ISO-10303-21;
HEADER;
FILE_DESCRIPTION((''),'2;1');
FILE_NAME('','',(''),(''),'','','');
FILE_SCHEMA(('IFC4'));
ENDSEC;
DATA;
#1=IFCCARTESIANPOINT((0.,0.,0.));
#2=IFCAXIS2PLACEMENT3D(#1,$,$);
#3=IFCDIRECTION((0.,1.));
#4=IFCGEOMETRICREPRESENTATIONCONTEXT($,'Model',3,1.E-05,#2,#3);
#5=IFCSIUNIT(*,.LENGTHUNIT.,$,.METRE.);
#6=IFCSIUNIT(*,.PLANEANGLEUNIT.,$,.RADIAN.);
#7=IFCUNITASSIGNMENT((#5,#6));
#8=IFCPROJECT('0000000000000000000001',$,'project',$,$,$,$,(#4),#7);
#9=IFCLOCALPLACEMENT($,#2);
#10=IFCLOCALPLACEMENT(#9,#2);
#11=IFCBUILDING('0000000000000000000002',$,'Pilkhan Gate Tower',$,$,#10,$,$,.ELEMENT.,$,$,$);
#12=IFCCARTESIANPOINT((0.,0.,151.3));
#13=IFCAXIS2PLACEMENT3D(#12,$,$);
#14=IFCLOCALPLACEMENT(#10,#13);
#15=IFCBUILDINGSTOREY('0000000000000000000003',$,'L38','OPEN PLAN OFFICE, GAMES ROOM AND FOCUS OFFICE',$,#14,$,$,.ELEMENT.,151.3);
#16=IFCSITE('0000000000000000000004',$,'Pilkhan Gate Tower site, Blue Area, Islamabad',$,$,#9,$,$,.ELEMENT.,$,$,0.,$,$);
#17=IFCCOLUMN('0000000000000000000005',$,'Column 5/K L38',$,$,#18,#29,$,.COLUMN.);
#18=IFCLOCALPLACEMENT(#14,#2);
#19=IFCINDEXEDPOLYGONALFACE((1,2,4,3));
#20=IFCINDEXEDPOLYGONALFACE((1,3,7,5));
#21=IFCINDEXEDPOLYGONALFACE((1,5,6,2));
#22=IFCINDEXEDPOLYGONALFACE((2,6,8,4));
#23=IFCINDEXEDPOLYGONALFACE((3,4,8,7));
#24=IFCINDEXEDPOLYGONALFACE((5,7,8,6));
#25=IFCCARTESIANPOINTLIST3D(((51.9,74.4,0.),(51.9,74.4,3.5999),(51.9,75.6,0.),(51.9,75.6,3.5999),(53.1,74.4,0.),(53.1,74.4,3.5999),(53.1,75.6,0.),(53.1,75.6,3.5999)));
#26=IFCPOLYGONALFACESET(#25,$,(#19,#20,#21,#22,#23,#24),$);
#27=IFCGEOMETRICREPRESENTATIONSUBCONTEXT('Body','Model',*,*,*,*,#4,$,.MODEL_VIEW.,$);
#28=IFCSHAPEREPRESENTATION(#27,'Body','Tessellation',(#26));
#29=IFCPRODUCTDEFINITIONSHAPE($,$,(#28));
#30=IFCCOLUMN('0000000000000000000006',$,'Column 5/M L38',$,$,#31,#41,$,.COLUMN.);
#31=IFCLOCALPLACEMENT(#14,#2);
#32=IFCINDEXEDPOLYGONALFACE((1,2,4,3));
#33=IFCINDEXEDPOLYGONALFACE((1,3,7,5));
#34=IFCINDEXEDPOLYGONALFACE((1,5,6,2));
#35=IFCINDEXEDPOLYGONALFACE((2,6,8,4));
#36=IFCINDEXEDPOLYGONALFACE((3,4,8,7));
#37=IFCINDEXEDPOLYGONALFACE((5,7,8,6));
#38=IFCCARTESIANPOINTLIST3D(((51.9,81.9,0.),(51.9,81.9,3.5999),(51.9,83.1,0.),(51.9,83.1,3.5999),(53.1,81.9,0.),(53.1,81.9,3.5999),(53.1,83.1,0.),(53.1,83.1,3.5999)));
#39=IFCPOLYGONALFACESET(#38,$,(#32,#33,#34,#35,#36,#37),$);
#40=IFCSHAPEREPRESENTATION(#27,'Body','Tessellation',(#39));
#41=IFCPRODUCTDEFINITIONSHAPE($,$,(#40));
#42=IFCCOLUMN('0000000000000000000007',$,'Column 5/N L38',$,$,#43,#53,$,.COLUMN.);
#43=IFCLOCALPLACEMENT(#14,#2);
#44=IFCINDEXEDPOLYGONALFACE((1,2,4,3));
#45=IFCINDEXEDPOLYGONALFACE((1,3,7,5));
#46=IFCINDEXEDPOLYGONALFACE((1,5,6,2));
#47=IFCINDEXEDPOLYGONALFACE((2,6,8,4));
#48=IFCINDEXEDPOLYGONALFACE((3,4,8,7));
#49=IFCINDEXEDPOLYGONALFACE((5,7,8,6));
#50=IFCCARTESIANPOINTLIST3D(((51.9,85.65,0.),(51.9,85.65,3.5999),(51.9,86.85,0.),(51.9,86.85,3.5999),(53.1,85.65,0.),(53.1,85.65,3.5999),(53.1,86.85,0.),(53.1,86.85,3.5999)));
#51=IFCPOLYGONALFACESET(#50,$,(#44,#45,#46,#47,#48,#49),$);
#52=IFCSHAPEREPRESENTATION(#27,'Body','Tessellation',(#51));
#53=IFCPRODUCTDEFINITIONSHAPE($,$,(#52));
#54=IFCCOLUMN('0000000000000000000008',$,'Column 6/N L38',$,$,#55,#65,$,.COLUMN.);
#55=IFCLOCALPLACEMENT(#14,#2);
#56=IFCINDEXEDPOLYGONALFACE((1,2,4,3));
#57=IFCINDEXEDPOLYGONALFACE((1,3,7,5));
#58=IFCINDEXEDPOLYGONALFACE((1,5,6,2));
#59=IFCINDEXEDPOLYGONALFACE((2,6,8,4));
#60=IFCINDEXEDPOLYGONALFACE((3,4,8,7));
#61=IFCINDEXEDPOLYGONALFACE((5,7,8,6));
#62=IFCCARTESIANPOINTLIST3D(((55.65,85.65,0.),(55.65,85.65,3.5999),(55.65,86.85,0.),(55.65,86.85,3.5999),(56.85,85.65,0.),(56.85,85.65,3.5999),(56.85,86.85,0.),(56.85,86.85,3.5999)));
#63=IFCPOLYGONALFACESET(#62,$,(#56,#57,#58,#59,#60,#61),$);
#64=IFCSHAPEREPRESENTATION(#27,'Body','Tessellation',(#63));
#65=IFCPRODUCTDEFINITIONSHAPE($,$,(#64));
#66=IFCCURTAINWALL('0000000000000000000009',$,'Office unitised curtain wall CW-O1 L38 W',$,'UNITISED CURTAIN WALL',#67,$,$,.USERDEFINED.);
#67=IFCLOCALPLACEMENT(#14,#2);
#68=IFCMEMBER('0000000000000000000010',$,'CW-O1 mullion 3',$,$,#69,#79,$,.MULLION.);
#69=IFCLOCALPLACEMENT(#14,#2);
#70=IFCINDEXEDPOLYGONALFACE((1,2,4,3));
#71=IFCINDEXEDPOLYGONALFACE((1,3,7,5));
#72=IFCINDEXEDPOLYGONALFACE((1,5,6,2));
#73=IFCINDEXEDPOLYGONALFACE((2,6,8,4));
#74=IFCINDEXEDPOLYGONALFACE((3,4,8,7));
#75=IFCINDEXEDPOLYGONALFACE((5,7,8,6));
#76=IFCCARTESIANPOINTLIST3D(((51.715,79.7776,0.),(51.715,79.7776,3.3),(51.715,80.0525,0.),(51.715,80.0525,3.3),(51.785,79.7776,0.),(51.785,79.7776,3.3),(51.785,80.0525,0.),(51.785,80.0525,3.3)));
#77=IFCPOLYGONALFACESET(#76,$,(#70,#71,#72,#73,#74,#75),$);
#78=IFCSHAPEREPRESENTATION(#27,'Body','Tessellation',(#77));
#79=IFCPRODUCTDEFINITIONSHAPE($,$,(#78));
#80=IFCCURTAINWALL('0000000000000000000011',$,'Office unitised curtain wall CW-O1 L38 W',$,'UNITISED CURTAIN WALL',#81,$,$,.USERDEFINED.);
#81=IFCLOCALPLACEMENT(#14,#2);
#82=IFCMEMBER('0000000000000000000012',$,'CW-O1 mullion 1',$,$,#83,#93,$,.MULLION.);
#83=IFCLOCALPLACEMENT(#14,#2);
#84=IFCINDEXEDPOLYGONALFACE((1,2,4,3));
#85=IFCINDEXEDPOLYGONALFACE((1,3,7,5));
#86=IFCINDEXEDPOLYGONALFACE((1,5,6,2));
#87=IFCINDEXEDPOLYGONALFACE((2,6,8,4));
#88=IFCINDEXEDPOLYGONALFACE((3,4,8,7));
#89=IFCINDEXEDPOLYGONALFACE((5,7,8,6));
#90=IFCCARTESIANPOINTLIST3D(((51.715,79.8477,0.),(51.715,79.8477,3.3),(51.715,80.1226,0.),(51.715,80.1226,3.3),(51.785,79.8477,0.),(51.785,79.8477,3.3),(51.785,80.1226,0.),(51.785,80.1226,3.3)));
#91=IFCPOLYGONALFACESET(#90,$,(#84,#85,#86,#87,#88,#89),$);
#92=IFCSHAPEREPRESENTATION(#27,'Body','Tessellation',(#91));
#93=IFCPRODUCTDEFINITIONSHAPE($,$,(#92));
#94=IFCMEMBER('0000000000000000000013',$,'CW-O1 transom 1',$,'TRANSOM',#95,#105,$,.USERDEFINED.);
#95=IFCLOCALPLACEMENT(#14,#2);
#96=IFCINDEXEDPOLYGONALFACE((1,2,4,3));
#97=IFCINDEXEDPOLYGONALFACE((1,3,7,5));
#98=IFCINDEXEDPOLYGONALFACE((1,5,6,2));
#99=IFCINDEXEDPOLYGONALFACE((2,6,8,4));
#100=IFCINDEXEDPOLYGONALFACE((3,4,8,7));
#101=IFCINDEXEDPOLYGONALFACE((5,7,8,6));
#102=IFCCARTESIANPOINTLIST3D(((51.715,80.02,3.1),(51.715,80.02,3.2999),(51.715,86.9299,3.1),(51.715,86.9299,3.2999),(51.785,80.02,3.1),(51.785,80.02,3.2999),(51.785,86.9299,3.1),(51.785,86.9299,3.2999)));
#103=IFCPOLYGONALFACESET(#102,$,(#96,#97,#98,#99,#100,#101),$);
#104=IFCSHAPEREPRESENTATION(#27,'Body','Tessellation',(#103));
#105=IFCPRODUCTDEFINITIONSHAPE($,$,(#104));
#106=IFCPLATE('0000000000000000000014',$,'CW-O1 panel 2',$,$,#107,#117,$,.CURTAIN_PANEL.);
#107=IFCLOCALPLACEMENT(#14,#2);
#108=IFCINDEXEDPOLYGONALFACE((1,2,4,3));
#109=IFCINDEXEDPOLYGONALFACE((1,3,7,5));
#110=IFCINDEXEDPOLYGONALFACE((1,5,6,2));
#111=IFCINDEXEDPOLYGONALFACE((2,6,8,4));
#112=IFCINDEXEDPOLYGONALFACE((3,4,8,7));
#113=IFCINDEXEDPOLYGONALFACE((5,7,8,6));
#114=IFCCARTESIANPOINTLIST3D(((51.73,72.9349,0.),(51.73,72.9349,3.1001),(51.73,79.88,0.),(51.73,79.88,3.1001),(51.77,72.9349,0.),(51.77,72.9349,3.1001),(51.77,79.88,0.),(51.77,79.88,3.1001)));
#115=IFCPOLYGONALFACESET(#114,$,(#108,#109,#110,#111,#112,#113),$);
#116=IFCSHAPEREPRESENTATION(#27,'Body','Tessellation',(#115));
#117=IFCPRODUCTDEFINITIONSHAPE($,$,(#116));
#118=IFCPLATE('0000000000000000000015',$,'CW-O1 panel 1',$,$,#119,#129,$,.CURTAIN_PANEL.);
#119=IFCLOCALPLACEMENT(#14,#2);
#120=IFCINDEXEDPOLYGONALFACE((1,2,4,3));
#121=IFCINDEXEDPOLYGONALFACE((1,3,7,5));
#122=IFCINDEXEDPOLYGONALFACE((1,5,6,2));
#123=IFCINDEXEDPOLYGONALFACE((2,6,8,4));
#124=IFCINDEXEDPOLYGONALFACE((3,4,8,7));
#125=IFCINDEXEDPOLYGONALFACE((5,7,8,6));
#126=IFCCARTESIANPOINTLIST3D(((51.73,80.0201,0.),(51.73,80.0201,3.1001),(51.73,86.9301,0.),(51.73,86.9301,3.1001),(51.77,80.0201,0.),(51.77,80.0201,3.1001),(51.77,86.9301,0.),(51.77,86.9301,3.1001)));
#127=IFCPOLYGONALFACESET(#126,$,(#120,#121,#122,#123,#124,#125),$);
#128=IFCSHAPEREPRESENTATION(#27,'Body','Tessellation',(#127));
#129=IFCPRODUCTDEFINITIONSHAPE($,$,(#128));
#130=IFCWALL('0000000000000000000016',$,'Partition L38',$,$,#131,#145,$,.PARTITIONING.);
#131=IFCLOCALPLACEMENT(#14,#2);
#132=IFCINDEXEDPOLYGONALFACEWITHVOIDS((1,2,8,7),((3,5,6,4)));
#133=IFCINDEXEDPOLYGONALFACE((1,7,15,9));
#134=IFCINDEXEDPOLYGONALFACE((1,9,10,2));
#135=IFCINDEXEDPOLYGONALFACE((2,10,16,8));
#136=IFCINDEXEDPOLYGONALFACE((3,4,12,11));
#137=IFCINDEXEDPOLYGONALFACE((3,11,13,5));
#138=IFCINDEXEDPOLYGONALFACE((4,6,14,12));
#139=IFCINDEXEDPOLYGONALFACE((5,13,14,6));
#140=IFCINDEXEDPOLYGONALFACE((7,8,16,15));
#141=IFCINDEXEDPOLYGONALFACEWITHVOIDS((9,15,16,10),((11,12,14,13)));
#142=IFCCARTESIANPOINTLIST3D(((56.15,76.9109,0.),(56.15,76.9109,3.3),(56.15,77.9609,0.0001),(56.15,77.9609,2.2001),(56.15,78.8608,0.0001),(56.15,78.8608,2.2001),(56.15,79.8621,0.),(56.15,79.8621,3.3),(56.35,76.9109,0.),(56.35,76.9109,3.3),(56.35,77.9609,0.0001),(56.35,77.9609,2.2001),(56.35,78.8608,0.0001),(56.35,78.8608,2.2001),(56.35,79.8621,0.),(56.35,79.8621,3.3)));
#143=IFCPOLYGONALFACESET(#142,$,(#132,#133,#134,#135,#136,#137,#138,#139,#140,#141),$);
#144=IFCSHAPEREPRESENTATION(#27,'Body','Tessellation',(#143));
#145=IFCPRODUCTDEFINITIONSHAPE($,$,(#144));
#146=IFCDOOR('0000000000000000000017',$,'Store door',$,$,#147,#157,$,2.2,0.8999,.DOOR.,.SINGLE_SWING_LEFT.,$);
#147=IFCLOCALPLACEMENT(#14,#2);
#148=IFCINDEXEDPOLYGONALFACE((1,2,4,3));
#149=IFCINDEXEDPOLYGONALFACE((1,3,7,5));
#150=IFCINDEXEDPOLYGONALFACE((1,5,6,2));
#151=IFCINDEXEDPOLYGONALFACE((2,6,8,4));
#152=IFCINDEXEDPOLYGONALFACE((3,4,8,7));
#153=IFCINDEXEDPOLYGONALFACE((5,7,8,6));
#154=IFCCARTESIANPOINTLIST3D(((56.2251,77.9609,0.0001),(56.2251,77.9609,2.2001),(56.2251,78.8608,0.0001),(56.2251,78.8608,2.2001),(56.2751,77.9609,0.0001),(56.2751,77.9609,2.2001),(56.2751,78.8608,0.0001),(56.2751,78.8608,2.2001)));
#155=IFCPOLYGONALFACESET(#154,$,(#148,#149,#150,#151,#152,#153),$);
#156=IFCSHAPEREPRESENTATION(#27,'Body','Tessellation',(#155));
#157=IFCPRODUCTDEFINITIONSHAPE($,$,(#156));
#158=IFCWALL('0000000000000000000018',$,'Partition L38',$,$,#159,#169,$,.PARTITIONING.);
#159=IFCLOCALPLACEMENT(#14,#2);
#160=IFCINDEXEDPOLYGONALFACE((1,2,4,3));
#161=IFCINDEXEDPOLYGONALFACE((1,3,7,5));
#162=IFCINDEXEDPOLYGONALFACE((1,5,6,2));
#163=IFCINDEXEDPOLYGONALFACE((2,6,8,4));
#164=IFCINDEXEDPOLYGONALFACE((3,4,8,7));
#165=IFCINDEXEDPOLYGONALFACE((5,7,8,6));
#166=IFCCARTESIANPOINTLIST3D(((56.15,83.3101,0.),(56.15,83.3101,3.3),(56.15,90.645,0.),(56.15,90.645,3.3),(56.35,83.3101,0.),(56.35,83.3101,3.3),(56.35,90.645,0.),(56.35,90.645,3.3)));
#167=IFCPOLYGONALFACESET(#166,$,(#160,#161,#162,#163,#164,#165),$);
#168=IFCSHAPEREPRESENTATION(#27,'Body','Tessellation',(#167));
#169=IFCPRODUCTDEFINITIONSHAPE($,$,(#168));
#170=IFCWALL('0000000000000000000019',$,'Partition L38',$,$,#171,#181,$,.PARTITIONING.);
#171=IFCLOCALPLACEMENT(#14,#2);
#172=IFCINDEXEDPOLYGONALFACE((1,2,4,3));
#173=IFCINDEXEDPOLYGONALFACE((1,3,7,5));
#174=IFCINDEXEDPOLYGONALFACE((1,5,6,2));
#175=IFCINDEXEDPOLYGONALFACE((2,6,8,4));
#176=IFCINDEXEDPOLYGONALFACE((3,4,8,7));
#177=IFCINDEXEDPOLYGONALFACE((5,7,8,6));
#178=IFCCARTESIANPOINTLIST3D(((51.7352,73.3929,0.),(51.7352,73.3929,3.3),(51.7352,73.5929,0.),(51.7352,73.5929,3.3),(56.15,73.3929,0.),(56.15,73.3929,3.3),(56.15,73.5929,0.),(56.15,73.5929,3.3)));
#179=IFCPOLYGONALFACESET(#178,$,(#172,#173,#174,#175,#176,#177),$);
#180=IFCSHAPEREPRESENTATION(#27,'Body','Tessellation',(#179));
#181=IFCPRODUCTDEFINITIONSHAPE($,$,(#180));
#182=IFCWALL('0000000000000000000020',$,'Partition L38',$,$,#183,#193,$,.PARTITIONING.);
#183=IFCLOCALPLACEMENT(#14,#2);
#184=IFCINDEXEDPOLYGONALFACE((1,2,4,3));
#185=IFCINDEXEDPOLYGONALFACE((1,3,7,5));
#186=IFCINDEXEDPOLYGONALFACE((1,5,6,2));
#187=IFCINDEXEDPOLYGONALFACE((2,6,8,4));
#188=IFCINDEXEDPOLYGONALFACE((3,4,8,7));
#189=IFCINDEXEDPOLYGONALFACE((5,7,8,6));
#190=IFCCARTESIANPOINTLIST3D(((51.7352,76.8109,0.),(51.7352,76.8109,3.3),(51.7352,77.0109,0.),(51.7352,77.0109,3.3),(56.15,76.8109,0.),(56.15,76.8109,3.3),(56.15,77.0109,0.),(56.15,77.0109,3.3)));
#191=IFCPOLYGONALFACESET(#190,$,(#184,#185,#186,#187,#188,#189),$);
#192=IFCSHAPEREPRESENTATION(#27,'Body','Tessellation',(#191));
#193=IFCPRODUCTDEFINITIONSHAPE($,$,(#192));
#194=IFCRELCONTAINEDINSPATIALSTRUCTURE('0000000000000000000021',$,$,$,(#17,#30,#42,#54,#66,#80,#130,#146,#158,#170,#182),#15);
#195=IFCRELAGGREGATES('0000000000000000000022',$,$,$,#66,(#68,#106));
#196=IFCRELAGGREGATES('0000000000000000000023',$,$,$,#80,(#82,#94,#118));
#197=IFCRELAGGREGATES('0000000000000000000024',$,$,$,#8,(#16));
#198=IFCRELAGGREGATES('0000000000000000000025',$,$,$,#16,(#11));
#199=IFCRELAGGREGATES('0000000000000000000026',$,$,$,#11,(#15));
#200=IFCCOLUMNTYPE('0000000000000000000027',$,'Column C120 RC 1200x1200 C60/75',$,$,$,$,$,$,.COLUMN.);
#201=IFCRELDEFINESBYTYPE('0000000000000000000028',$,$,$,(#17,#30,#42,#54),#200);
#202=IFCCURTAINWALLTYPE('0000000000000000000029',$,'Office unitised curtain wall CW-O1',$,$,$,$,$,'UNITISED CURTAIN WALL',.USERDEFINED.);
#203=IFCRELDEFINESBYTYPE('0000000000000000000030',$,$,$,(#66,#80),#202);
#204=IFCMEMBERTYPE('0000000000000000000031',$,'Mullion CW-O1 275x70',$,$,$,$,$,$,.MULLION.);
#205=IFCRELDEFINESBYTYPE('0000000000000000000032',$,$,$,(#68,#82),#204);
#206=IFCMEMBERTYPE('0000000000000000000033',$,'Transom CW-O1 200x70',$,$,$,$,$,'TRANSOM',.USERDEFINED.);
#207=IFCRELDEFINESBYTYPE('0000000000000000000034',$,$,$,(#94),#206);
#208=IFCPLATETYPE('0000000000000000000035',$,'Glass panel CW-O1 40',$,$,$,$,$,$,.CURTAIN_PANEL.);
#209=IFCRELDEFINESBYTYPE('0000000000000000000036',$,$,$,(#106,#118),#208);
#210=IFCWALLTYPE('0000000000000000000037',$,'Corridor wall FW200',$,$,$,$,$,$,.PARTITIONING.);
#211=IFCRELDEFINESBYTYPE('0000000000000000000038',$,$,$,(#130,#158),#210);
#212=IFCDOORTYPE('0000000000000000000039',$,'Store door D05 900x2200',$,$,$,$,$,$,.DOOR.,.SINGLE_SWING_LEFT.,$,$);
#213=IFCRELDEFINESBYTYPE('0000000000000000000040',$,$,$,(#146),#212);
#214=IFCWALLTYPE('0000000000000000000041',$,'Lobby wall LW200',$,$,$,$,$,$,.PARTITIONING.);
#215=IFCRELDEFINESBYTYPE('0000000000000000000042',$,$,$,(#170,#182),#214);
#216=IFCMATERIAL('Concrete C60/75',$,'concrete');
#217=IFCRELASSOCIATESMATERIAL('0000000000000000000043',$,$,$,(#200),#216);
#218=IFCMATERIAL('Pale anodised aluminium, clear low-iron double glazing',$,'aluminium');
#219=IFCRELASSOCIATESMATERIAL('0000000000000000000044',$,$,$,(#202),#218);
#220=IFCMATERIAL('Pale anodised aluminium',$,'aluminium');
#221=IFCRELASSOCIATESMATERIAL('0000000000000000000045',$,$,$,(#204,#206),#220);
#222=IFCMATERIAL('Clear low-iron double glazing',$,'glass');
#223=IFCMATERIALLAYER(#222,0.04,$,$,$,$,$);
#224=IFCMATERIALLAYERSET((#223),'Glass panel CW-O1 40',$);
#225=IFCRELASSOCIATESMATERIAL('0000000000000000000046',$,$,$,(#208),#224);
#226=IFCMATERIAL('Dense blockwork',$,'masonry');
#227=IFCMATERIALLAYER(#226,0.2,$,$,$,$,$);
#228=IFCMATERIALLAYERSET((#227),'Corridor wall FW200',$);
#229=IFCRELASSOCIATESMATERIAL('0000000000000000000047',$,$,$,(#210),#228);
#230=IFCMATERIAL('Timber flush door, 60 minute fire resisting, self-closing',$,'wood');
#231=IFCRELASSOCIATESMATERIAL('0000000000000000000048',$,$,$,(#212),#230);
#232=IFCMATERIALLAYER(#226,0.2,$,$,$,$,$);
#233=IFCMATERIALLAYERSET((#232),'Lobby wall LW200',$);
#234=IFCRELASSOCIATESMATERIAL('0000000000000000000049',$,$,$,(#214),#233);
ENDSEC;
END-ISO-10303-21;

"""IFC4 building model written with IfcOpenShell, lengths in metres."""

from ifc_helpers import new_model, si_unit, direction, frame, frame_2d, origin, origin_2d, place, context, subcontext, project, spatial, rectangle, extrude, material, layer, layer_set, material_profile, profile_set, type_object, element, fill, aggregate, save


model = new_model("IFC4")

# Units and contexts
model_context = context("Model", 3, precision=1e-05, world=origin(), true_north=direction((0.0, 1.0)))
body_context = subcontext(model_context, "Body", "Model", "MODEL_VIEW")
ifc_project = project(units=[si_unit("LENGTHUNIT", "METRE"), si_unit("PLANEANGLEUNIT", "RADIAN")], contexts=[model_context])

# Site, building, storey
site_placement = place(None, origin())
site = spatial("IfcSite", under=ifc_project, at=site_placement, Name="Pilkhan Gate Tower site, Blue Area, Islamabad", CompositionType="ELEMENT", RefElevation=0.0)
building_placement = place(site_placement, origin())
building = spatial("IfcBuilding", under=site, at=building_placement, Name="Pilkhan Gate Tower", CompositionType="ELEMENT")
storey_placement = place(building_placement, frame((0.0, 0.0, 151.3)))
storey = spatial("IfcBuildingStorey", under=building, at=storey_placement, Name="L38", Description="OPEN PLAN OFFICE, GAMES ROOM AND FOCUS OFFICE", CompositionType="ELEMENT", Elevation=151.3)

# Columns
ifc_material_1 = material(Name="Concrete C60/75", Category="concrete")
ifc_material_profile_1 = material_profile(ifc_material_1, rectangle(XDim=1.2, YDim=1.2, at=origin_2d()), Name="RC 1200x1200")
ifc_profile_set_1 = profile_set([ifc_material_profile_1], Name="Concrete C60/75")
column_type = type_object("IfcColumnType", Name="Column C120 RC 1200x1200 C60/75", PredefinedType="COLUMN", material=ifc_profile_set_1)
for number, where, z_axis, x_axis, name in (
    (1, (52.5, 75.0, 0.0), (0.0, 0.0, 1.0), (1.0, 0.0, 0.0), "Column 5/K L38"),
    (2, (52.5, 82.5, 0.0), (0.0, 0.0, 1.0), (1.0, 0.0, 0.0), "Column 5/M L38"),
    (3, (52.5, 86.25, 0.0), (0.0, 0.0, 1.0), (1.0, 0.0, 0.0), "Column 5/N L38"),
    (4, (56.25, 86.25, 0.0), (0.0, 0.0, 1.0), (1.0, 0.0, 0.0), "Column 6/N L38"),
):
    element("IfcColumn", number, at=place(storey_placement, frame(where, z_axis=z_axis, x_axis=x_axis)), inside=storey, type_object=column_type, Name=name, PredefinedType="COLUMN", context=body_context, shape_type="SweptSolid", body=[
        extrude(rectangle(XDim=1.2, YDim=1.2, at=origin_2d()), origin(), (0.0, 0.0, 1.0), 3.5999),
    ])

# Curtain wall, member
ifc_material_2 = material(Name="Pale anodised aluminium, clear low-iron double glazing", Category="aluminium")
curtain_wall_type = type_object("IfcCurtainWallType", Name="Office unitised curtain wall CW-O1", ElementType="UNITISED CURTAIN WALL", PredefinedType="USERDEFINED", material=ifc_material_2)
curtain_wall_1_placement = place(storey_placement, origin())
curtain_wall_1 = element("IfcCurtainWall", 5, at=curtain_wall_1_placement, inside=storey, type_object=curtain_wall_type, Name="Office unitised curtain wall CW-O1 L38 W", ObjectType="UNITISED CURTAIN WALL", PredefinedType="USERDEFINED")
ifc_material_3 = material(Name="Pale anodised aluminium", Category="aluminium")
ifc_material_profile_2 = material_profile(ifc_material_3, rectangle(XDim=0.0701, YDim=0.2749, at=origin_2d()), Name="Mullion 275x70")
ifc_profile_set_2 = profile_set([ifc_material_profile_2], Name="Pale anodised aluminium")
member_type_1 = type_object("IfcMemberType", Name="Mullion CW-O1 275x70", PredefinedType="MULLION", material=ifc_profile_set_2)
member_1_placement = place(storey_placement, frame((51.75, 79.915, 0.0), z_axis=(0.0, 0.0, 1.0), x_axis=(-1.0, 0.0, 0.0)))
member_1 = element("IfcMember", 6, at=member_1_placement, type_object=member_type_1, Name="CW-O1 mullion 3", PredefinedType="MULLION", context=body_context, shape_type="SweptSolid", body=[
    extrude(rectangle(XDim=0.0701, YDim=0.2749, at=origin_2d()), origin(), (0.0, 0.0, 1.0), 3.3),
])

# Curtain wall, members
curtain_wall_2_placement = place(storey_placement, origin())
curtain_wall_2 = element("IfcCurtainWall", 7, at=curtain_wall_2_placement, inside=storey, type_object=curtain_wall_type, Name="Office unitised curtain wall CW-O1 L38 W", ObjectType="UNITISED CURTAIN WALL", PredefinedType="USERDEFINED")
member_2_placement = place(storey_placement, frame((51.75, 79.9851, 0.0), z_axis=(0.0, 0.0, 1.0), x_axis=(-1.0, 0.0, 0.0)))
member_2 = element("IfcMember", 8, at=member_2_placement, type_object=member_type_1, Name="CW-O1 mullion 1", PredefinedType="MULLION", context=body_context, shape_type="SweptSolid", body=[
    extrude(rectangle(XDim=0.0701, YDim=0.2749, at=origin_2d()), origin(), (0.0, 0.0, 1.0), 3.3),
])
ifc_material_profile_3 = material_profile(ifc_material_3, rectangle(XDim=0.0701, YDim=0.2, at=origin_2d()), Name="Transom 200x70")
ifc_profile_set_3 = profile_set([ifc_material_profile_3], Name="Pale anodised aluminium")
member_type_2 = type_object("IfcMemberType", Name="Transom CW-O1 200x70", ElementType="TRANSOM", PredefinedType="USERDEFINED", material=ifc_profile_set_3)
member_3_placement = place(storey_placement, frame((51.75, 80.02, 3.2), z_axis=(0.0, 1.0, 0.0), x_axis=(-1.0, 0.0, 0.0)))
member_3 = element("IfcMember", 9, at=member_3_placement, type_object=member_type_2, Name="CW-O1 transom 1", ObjectType="TRANSOM", PredefinedType="USERDEFINED", context=body_context, shape_type="SweptSolid", body=[
    extrude(rectangle(XDim=0.0701, YDim=0.2, at=origin_2d()), origin(), (0.0, 0.0, 1.0), 6.9099),
])

# Plates
ifc_material_4 = material(Name="Clear low-iron double glazing", Category="glass")
ifc_layer_1 = layer(ifc_material_4, 0.04)
ifc_layer_set_1 = layer_set([ifc_layer_1], Name="Glass panel CW-O1 40")
plate_type = type_object("IfcPlateType", Name="Glass panel CW-O1 40", PredefinedType="CURTAIN_PANEL", material=ifc_layer_set_1)
plate_1_placement = place(storey_placement, frame((51.75, 76.4075, 0.0), z_axis=(0.0, 0.0, 1.0), x_axis=(0.0, 1.0, 0.0)))
plate_1 = element("IfcPlate", 10, at=plate_1_placement, type_object=plate_type, Name="CW-O1 panel 2", PredefinedType="CURTAIN_PANEL", context=body_context, shape_type="SweptSolid", body=[
    extrude(rectangle(XDim=6.9451, YDim=0.04, at=origin_2d()), origin(), (0.0, 0.0, 1.0), 3.1001),
])
aggregate(curtain_wall_1, [member_1, plate_1])
plate_2_placement = place(storey_placement, frame((51.75, 83.4751, 0.0), z_axis=(0.0, 0.0, 1.0), x_axis=(0.0, 1.0, 0.0)))
plate_2 = element("IfcPlate", 11, at=plate_2_placement, type_object=plate_type, Name="CW-O1 panel 1", PredefinedType="CURTAIN_PANEL", context=body_context, shape_type="SweptSolid", body=[
    extrude(rectangle(XDim=6.9099, YDim=0.04, at=origin_2d()), origin(), (0.0, 0.0, 1.0), 3.1001),
])
aggregate(curtain_wall_2, [member_2, member_3, plate_2])

# Wall, opening, door
ifc_material_5 = material(Name="Dense blockwork", Category="masonry")
ifc_layer_2 = layer(ifc_material_5, 0.2)
ifc_layer_set_2 = layer_set([ifc_layer_2], Name="Corridor wall FW200")
wall_type_1 = type_object("IfcWallType", Name="Corridor wall FW200", PredefinedType="PARTITIONING", material=ifc_layer_set_2)
wall_1_placement = place(storey_placement, frame((56.25, 76.9109, 0.0), z_axis=(0.0, 0.0, 1.0), x_axis=(0.0, 1.0, 0.0)))
wall_1 = element("IfcWall", 12, at=wall_1_placement, inside=storey, type_object=wall_type_1, Name="Partition L38", PredefinedType="PARTITIONING", context=body_context, shape_type="SweptSolid", body=[
    extrude(rectangle(XDim=2.9512, YDim=0.2, at=frame_2d((1.4756, 0.0))), origin(), (0.0, 0.0, 1.0), 3.3),
])
opening_1_placement = place(wall_1_placement, frame((1.05, 0.0, 0.0)))
opening_1 = element("IfcOpeningElement", 13, at=opening_1_placement, cuts=wall_1, PredefinedType="OPENING", context=body_context, shape_type="SweptSolid", body=[
    extrude(rectangle(XDim=0.8999, YDim=2.2, at=frame_2d((0.45, 1.1001))), frame((0.0, 0.1099, 0.0), z_axis=(0.0, -1.0, 0.0), x_axis=(1.0, 0.0, 0.0)), (0.0, 0.0, 1.0), 0.22),
])
ifc_material_6 = material(Name="Timber flush door, 60 minute fire resisting, self-closing", Category="wood")
door_type_1 = type_object("IfcDoorType", Name="Store door D05 900x2200", OperationType="SINGLE_SWING_LEFT", PredefinedType="DOOR", material=ifc_material_6)
door_1_placement = place(opening_1_placement, origin())
door_1 = element("IfcDoor", 14, at=door_1_placement, inside=storey, type_object=door_type_1, Name="Store door", OperationType="SINGLE_SWING_LEFT", OverallHeight=2.2, OverallWidth=0.8999, PredefinedType="DOOR", context=body_context, shape_type="SweptSolid", body=[
    extrude(rectangle(XDim=0.8999, YDim=2.2, at=frame_2d((0.45, 1.1001))), frame((0.0, 0.0249, 0.0), z_axis=(0.0, -1.0, 0.0), x_axis=(1.0, 0.0, 0.0)), (0.0, 0.0, 1.0), 0.05),
])
fill(opening_1, door_1)

# Walls
wall_2_placement = place(storey_placement, frame((56.25, 83.3101, 0.0), z_axis=(0.0, 0.0, 1.0), x_axis=(0.0, 1.0, 0.0)))
element("IfcWall", 15, at=wall_2_placement, inside=storey, type_object=wall_type_1, Name="Partition L38", PredefinedType="PARTITIONING", context=body_context, shape_type="SweptSolid", body=[
    extrude(rectangle(XDim=7.335, YDim=0.2, at=frame_2d((3.6675, 0.0))), origin(), (0.0, 0.0, 1.0), 3.3),
])
ifc_layer_3 = layer(ifc_material_5, 0.2)
ifc_layer_set_3 = layer_set([ifc_layer_3], Name="Lobby wall LW200")
wall_type_2 = type_object("IfcWallType", Name="Lobby wall LW200", PredefinedType="PARTITIONING", material=ifc_layer_set_3)
for number, where, z_axis, x_axis, name in (
    (16, (51.7351, 73.4929, 0.0), (0.0, 0.0, 1.0), (1.0, 0.0, 0.0), "Partition L38"),
    (17, (51.7351, 76.9109, 0.0), (0.0, 0.0, 1.0), (1.0, 0.0, 0.0), "Partition L38"),
):
    element("IfcWall", number, at=place(storey_placement, frame(where, z_axis=z_axis, x_axis=x_axis)), inside=storey, type_object=wall_type_2, Name=name, PredefinedType="PARTITIONING", context=body_context, shape_type="SweptSolid", body=[
        extrude(rectangle(XDim=4.4148, YDim=0.2, at=frame_2d((2.2075, 0.0))), origin(), (0.0, 0.0, 1.0), 3.3),
    ])

save(model, "model.ifc")
